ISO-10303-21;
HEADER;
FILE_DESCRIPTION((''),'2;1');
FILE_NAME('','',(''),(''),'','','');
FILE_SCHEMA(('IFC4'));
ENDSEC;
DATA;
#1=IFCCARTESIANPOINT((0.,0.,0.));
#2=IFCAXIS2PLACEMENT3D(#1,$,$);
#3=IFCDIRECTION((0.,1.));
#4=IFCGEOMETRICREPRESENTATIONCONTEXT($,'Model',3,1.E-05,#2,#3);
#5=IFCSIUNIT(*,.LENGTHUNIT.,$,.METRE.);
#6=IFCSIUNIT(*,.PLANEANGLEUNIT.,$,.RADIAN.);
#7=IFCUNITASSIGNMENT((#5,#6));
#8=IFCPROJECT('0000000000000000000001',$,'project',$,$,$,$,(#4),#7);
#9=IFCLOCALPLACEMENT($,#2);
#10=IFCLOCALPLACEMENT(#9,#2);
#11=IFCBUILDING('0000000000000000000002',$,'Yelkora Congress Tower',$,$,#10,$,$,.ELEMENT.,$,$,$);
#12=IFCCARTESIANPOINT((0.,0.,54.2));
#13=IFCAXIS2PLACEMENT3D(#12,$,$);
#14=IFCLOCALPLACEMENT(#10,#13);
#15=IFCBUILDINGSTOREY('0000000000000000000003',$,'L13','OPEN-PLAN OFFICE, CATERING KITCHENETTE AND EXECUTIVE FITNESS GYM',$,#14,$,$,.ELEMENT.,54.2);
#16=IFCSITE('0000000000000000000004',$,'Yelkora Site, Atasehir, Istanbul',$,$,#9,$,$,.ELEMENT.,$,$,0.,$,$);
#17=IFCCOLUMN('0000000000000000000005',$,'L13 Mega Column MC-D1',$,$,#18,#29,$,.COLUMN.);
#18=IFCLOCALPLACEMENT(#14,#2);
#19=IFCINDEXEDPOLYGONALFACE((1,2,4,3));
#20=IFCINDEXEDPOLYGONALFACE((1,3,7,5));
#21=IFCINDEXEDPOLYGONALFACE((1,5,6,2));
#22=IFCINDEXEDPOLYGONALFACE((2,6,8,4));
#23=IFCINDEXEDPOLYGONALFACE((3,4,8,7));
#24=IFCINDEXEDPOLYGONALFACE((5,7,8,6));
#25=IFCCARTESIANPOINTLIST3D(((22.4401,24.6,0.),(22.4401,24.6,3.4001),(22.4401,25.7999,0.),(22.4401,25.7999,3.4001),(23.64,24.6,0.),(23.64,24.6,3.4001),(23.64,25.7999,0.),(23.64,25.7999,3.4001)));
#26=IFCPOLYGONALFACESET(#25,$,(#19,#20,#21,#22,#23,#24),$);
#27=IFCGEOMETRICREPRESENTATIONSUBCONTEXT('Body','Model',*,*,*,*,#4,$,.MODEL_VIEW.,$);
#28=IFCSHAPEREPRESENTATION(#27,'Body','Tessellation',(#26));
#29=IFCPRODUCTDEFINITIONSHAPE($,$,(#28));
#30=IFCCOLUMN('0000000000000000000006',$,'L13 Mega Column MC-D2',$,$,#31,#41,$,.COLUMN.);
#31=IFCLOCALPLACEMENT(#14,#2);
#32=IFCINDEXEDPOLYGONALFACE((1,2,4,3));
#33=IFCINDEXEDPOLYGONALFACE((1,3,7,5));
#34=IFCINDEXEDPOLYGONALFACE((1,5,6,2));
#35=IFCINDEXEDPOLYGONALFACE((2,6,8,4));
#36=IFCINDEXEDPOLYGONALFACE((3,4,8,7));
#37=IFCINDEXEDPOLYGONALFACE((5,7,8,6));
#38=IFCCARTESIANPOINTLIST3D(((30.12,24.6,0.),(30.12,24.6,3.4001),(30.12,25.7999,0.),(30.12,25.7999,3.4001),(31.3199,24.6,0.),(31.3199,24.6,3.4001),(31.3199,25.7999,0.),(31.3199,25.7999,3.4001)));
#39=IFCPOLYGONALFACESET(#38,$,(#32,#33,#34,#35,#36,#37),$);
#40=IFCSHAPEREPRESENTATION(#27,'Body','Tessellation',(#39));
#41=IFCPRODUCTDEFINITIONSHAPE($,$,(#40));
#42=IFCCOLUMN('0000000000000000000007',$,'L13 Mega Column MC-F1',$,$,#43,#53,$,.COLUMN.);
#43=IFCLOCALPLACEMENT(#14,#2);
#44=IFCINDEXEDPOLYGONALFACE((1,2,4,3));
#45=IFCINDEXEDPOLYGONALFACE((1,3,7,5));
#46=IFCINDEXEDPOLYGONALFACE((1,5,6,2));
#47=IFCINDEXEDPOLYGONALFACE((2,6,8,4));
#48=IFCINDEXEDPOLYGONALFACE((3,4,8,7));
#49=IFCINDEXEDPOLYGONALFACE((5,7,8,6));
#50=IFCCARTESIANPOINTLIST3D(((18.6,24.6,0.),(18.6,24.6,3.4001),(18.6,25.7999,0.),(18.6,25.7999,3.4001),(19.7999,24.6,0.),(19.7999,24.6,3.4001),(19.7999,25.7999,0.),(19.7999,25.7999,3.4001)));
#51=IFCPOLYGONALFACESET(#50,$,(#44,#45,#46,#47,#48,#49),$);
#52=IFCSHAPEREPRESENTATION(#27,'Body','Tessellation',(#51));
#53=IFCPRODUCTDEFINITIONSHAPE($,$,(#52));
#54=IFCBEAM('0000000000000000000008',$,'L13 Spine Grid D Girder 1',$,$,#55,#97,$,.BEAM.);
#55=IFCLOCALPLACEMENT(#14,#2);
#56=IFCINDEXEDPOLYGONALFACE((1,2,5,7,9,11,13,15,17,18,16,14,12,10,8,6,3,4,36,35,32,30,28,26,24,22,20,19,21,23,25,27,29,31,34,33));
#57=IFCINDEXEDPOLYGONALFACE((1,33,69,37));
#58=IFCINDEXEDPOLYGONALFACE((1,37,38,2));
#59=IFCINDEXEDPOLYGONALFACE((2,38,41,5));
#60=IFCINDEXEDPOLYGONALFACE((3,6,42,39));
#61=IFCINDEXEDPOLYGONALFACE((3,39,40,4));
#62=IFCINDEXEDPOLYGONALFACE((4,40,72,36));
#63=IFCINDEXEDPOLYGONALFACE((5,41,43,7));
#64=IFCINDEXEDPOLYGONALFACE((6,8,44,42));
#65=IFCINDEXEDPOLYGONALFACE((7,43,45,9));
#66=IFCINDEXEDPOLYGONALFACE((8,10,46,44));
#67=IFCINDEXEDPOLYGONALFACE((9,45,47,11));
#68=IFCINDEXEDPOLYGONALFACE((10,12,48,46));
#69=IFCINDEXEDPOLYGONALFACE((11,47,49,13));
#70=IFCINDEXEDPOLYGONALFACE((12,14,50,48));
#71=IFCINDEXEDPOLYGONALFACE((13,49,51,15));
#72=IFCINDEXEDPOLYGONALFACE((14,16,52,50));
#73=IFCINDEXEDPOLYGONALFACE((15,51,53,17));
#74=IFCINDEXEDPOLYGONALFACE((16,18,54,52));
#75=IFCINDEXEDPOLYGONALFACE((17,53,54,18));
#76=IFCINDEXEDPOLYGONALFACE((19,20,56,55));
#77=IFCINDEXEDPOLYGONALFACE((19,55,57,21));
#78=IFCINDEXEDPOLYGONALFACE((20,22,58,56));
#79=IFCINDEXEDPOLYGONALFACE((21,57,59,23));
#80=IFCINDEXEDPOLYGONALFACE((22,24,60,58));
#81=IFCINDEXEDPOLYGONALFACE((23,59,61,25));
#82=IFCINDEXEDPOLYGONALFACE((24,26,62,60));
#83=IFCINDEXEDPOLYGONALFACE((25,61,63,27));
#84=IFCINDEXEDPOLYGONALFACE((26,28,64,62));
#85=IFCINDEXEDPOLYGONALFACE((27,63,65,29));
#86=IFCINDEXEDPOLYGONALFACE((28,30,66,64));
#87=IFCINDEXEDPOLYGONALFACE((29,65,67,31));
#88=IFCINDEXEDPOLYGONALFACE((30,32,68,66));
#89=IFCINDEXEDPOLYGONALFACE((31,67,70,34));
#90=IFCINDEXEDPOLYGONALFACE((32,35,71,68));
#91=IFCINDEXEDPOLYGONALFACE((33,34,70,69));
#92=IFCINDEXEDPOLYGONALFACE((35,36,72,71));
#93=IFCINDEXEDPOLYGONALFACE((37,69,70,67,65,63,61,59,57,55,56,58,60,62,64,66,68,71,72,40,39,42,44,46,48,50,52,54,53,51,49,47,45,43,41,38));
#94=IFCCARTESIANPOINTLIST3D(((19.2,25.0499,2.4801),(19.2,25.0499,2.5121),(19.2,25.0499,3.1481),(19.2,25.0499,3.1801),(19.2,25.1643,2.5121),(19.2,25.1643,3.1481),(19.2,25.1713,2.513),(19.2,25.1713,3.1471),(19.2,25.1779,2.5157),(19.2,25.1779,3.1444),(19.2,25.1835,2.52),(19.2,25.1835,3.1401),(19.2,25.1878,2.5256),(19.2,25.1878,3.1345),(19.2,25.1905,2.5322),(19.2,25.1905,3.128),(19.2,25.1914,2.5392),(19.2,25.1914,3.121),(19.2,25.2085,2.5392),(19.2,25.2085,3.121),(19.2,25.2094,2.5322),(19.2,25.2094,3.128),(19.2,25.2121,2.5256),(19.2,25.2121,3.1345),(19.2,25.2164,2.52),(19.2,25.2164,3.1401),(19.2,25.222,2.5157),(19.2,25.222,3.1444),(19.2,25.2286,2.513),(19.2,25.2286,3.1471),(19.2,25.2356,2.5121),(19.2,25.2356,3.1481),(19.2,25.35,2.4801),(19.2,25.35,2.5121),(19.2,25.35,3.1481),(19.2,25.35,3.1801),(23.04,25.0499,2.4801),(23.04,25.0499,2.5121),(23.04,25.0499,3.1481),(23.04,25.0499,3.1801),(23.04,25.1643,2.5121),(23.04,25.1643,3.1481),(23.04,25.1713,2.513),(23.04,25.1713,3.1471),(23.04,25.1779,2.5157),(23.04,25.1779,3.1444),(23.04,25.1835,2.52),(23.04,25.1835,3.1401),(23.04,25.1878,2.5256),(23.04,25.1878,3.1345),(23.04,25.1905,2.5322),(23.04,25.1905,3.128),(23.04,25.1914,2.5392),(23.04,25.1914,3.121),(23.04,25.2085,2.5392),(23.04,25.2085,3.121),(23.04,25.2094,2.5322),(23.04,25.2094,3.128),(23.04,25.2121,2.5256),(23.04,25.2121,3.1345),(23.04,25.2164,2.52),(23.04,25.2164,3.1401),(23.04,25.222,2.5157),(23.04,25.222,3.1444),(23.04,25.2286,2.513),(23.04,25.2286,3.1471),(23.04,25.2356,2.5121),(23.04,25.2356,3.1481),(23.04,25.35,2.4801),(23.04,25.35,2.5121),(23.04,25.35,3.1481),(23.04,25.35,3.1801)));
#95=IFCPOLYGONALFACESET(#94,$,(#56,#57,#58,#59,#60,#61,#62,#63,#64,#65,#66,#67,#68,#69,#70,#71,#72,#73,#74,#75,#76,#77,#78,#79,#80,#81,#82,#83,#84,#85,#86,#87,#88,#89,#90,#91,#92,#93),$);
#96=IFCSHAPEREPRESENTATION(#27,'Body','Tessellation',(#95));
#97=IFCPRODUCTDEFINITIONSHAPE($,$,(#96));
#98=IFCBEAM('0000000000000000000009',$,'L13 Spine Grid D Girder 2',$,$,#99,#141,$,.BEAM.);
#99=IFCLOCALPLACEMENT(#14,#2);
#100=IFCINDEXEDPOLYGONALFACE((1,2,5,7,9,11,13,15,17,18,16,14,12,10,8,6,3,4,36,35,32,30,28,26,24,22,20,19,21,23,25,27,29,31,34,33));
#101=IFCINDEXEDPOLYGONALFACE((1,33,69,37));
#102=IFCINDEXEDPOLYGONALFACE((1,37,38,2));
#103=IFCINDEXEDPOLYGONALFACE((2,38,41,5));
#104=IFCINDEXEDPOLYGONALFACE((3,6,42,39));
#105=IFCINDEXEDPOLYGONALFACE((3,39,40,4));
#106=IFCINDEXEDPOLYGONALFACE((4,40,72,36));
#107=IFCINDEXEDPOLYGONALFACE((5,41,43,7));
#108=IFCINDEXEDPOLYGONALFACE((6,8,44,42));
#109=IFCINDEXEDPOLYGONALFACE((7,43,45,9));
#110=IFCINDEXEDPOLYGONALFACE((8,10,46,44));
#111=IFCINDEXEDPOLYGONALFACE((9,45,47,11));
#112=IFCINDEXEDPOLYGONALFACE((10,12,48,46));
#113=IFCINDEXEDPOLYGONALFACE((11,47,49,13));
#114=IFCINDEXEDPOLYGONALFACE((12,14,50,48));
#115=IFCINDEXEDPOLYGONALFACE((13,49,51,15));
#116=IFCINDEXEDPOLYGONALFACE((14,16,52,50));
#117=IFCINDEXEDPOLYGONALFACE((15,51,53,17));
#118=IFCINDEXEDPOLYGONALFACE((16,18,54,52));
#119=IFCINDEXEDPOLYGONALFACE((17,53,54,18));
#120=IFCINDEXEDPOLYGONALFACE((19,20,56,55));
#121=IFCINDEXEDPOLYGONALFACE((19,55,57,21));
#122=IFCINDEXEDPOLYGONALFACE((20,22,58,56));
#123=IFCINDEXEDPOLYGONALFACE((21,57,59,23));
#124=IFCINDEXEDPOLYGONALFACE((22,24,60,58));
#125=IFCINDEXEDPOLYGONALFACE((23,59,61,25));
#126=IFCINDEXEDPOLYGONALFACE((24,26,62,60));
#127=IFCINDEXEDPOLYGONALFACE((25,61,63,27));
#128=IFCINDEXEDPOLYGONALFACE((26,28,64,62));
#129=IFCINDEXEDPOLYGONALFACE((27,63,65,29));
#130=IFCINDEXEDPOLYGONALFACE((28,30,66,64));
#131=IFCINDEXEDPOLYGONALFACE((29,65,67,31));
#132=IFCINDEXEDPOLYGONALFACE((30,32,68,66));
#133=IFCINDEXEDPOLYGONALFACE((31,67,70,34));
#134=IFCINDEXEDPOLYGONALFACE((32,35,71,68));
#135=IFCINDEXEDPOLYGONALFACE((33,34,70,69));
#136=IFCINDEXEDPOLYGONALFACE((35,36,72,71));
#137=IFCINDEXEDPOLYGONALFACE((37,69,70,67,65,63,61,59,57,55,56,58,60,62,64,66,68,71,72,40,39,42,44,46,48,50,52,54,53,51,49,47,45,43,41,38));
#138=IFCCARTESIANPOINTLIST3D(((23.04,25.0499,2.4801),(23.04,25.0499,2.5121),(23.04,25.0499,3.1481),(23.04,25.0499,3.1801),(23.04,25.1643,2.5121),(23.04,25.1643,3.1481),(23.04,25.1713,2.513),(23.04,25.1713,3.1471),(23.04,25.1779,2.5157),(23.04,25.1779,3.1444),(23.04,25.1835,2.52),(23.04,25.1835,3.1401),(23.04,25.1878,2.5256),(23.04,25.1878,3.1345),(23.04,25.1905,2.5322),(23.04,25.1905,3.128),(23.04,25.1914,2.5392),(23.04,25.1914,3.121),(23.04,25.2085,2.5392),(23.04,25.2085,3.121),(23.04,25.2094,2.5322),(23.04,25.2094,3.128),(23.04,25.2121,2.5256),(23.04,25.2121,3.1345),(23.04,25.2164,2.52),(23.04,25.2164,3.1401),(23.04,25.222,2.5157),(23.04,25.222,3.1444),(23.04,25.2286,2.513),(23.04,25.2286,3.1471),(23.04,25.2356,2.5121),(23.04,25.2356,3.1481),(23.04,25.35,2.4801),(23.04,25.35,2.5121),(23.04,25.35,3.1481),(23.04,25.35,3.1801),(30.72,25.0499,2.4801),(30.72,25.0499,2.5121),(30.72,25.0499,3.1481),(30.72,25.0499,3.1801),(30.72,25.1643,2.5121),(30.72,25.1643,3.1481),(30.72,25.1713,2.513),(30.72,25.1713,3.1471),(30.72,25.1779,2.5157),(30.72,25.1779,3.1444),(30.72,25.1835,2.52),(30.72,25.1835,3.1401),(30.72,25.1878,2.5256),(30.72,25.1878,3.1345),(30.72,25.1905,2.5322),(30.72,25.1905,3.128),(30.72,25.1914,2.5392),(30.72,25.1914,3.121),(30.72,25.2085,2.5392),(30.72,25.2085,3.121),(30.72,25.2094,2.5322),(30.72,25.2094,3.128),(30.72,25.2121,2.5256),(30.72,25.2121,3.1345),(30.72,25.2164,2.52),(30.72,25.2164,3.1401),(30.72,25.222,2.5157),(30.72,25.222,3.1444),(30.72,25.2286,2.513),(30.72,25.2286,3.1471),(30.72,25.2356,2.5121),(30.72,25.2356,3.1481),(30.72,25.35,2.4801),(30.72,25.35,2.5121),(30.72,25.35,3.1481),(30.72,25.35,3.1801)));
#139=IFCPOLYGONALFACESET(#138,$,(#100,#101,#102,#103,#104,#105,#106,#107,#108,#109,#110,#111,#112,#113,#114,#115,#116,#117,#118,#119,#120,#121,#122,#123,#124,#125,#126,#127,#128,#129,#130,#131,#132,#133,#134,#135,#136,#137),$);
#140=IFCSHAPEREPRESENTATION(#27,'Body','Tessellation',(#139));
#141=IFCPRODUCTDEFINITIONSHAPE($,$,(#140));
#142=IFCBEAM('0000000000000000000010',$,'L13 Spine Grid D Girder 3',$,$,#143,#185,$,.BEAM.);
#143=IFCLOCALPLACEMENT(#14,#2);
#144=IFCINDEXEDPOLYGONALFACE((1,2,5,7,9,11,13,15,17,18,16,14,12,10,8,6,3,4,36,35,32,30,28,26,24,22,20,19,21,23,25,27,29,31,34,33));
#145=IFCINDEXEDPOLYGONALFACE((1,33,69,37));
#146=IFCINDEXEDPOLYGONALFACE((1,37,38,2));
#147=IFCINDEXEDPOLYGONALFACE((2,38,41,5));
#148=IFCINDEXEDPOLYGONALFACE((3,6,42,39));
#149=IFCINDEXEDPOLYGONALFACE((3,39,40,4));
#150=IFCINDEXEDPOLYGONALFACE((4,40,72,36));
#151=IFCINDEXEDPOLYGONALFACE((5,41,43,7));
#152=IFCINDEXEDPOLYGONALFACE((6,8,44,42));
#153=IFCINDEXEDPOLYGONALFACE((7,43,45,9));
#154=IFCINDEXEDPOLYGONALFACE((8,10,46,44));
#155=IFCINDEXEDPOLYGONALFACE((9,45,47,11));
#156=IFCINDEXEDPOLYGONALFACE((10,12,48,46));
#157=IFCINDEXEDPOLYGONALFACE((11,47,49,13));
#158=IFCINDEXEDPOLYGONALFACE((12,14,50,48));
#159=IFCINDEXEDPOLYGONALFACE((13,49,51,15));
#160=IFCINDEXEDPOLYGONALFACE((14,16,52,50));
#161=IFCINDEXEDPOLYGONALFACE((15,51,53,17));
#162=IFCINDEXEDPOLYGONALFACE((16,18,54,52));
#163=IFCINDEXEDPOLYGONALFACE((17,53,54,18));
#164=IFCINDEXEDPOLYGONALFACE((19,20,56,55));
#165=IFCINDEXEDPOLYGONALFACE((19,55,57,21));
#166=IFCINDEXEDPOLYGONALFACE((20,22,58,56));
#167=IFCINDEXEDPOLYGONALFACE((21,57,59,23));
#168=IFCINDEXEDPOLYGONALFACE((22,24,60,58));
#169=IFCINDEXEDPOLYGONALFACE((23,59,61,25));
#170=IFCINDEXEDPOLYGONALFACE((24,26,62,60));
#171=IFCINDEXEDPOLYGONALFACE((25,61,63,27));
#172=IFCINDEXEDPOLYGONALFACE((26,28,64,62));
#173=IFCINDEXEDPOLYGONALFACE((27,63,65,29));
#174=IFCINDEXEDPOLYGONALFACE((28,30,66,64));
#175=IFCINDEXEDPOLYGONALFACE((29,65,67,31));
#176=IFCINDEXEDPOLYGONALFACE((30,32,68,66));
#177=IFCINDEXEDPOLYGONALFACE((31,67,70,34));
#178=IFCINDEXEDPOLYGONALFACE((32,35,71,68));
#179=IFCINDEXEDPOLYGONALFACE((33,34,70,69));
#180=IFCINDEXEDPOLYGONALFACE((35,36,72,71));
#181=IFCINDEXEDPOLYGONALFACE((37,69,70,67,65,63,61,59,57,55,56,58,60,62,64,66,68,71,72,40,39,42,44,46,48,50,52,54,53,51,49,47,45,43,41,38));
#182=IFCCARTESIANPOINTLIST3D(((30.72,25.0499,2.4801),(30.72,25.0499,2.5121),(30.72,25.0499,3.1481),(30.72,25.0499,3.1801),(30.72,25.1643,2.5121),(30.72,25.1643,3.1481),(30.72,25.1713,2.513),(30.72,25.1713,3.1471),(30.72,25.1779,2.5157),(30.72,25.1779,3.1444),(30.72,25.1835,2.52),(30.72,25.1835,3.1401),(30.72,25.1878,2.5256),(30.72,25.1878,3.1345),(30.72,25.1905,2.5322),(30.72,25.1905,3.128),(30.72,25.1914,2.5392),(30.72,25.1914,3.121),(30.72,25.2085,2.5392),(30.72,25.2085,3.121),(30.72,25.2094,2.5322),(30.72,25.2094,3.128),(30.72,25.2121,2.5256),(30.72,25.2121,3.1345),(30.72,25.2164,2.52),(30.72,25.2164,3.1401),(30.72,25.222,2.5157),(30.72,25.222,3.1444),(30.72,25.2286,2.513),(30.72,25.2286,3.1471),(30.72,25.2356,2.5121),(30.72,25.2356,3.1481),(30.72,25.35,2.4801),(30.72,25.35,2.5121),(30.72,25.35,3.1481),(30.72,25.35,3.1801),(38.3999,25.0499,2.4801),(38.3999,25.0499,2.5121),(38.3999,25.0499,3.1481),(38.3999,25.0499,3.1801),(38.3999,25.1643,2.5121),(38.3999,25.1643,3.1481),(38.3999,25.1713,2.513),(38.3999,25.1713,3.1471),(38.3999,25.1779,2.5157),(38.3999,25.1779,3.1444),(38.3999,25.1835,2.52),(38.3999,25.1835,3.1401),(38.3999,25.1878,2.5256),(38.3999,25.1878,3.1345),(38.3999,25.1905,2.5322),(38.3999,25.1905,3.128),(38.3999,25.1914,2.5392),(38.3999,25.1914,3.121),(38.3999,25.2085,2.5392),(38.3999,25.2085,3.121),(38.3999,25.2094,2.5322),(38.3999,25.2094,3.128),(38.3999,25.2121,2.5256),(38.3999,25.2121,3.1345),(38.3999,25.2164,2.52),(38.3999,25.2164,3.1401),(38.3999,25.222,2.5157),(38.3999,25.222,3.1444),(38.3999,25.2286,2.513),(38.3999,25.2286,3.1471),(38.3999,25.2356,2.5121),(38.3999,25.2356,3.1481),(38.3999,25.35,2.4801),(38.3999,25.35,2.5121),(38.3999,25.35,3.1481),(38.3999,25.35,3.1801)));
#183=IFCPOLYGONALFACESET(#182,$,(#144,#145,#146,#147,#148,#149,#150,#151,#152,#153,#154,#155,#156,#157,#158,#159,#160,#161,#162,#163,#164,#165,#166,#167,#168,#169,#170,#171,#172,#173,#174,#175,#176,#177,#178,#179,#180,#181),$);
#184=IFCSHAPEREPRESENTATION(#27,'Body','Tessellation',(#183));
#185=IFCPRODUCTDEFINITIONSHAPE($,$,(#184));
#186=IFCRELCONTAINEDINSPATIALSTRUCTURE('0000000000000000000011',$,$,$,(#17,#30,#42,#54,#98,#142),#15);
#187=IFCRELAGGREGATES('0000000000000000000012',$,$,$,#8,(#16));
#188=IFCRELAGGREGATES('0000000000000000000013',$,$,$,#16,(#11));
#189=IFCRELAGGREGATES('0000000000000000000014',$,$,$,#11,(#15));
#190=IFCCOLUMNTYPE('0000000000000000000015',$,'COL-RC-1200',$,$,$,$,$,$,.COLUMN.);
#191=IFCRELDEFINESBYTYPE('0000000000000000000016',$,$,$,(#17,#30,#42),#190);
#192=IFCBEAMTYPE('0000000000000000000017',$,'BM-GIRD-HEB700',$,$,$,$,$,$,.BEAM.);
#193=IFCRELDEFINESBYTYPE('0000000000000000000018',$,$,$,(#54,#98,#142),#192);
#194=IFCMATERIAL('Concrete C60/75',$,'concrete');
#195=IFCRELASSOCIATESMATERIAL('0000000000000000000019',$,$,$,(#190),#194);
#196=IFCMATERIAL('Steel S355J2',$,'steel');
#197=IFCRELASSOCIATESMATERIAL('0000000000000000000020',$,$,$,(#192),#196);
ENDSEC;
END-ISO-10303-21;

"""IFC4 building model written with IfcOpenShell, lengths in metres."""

from ifc_helpers import new_model, si_unit, direction, frame, origin, origin_2d, place, context, subcontext, project, spatial, rectangle, i_section, extrude, material, material_profile, profile_set, type_object, element, save


model = new_model("IFC4")

# Units and contexts
model_context = context("Model", 3, precision=1e-05, world=origin(), true_north=direction((0.0, 1.0)))
body_context = subcontext(model_context, "Body", "Model", "MODEL_VIEW")
ifc_project = project(units=[si_unit("LENGTHUNIT", "METRE"), si_unit("PLANEANGLEUNIT", "RADIAN")], contexts=[model_context])

# Site, building, storey
site_placement = place(None, origin())
site = spatial("IfcSite", under=ifc_project, at=site_placement, Name="Yelkora Site, Atasehir, Istanbul", CompositionType="ELEMENT", RefElevation=0.0)
building_placement = place(site_placement, origin())
building = spatial("IfcBuilding", under=site, at=building_placement, Name="Yelkora Congress Tower", CompositionType="ELEMENT")
storey_placement = place(building_placement, frame((0.0, 0.0, 54.2)))
storey = spatial("IfcBuildingStorey", under=building, at=storey_placement, Name="L13", Description="OPEN-PLAN OFFICE, CATERING KITCHENETTE AND EXECUTIVE FITNESS GYM", CompositionType="ELEMENT", Elevation=54.2)

# Columns
ifc_material_1 = material(Name="Concrete C60/75", Category="concrete")
ifc_material_profile_1 = material_profile(ifc_material_1, rectangle(XDim=1.2, YDim=1.2, at=origin_2d()), Name="RC 1200x1200")
ifc_profile_set_1 = profile_set([ifc_material_profile_1], Name="Concrete C60/75")
column_type = type_object("IfcColumnType", Name="COL-RC-1200", PredefinedType="COLUMN", material=ifc_profile_set_1)
for number, where, z_axis, x_axis, name in (
    (1, (23.04, 25.2, 0.0), (0.0, 0.0, 1.0), (1.0, 0.0, 0.0), "L13 Mega Column MC-D1"),
    (2, (30.72, 25.2, 0.0), (0.0, 0.0, 1.0), (1.0, 0.0, 0.0), "L13 Mega Column MC-D2"),
    (3, (19.2, 25.2, 0.0), (0.0, 0.0, 1.0), (1.0, 0.0, 0.0), "L13 Mega Column MC-F1"),
):
    element("IfcColumn", number, at=place(storey_placement, frame(where, z_axis=z_axis, x_axis=x_axis)), inside=storey, type_object=column_type, Name=name, PredefinedType="COLUMN", context=body_context, shape_type="SweptSolid", body=[
        extrude(rectangle(XDim=1.2, YDim=1.2, at=origin_2d()), origin(), (0.0, 0.0, 1.0), 3.4001),
    ])

# Beams
ifc_material_2 = material(Name="Steel S355J2", Category="steel")
ifc_material_profile_2 = material_profile(ifc_material_2, i_section(OverallWidth=0.3, OverallDepth=0.7, WebThickness=0.0171, FlangeThickness=0.032, FilletRadius=0.0271, at=origin_2d()), Name="HEB 700")
ifc_profile_set_2 = profile_set([ifc_material_profile_2], Name="Steel S355J2")
beam_type_1 = type_object("IfcBeamType", Name="BM-GIRD-HEB700", PredefinedType="BEAM", material=ifc_profile_set_2)
beam_1_placement = place(storey_placement, frame((19.2, 25.2, 2.8301), z_axis=(1.0, 0.0, 0.0), x_axis=(0.0, 1.0, 0.0)))
element("IfcBeam", 4, at=beam_1_placement, inside=storey, type_object=beam_type_1, Name="L13 Spine Grid D Girder 1", PredefinedType="BEAM", context=body_context, shape_type="SweptSolid", body=[
    extrude(i_section(OverallWidth=0.3, OverallDepth=0.7, WebThickness=0.0171, FlangeThickness=0.032, FilletRadius=0.0271, at=origin_2d()), origin(), (0.0, 0.0, 1.0), 3.8401),
])
for number, where, z_axis, x_axis, name in (
    (5, (23.04, 25.2, 2.8301), (1.0, 0.0, 0.0), (0.0, 1.0, 0.0), "L13 Spine Grid D Girder 2"),
    (6, (30.72, 25.2, 2.8301), (1.0, 0.0, 0.0), (0.0, 1.0, 0.0), "L13 Spine Grid D Girder 3"),
):
    element("IfcBeam", number, at=place(storey_placement, frame(where, z_axis=z_axis, x_axis=x_axis)), inside=storey, type_object=beam_type_1, Name=name, PredefinedType="BEAM", context=body_context, shape_type="SweptSolid", body=[
        extrude(i_section(OverallWidth=0.3, OverallDepth=0.7, WebThickness=0.0171, FlangeThickness=0.032, FilletRadius=0.0271, at=origin_2d()), origin(), (0.0, 0.0, 1.0), 7.6799),
    ])

save(model, "model.ifc")
